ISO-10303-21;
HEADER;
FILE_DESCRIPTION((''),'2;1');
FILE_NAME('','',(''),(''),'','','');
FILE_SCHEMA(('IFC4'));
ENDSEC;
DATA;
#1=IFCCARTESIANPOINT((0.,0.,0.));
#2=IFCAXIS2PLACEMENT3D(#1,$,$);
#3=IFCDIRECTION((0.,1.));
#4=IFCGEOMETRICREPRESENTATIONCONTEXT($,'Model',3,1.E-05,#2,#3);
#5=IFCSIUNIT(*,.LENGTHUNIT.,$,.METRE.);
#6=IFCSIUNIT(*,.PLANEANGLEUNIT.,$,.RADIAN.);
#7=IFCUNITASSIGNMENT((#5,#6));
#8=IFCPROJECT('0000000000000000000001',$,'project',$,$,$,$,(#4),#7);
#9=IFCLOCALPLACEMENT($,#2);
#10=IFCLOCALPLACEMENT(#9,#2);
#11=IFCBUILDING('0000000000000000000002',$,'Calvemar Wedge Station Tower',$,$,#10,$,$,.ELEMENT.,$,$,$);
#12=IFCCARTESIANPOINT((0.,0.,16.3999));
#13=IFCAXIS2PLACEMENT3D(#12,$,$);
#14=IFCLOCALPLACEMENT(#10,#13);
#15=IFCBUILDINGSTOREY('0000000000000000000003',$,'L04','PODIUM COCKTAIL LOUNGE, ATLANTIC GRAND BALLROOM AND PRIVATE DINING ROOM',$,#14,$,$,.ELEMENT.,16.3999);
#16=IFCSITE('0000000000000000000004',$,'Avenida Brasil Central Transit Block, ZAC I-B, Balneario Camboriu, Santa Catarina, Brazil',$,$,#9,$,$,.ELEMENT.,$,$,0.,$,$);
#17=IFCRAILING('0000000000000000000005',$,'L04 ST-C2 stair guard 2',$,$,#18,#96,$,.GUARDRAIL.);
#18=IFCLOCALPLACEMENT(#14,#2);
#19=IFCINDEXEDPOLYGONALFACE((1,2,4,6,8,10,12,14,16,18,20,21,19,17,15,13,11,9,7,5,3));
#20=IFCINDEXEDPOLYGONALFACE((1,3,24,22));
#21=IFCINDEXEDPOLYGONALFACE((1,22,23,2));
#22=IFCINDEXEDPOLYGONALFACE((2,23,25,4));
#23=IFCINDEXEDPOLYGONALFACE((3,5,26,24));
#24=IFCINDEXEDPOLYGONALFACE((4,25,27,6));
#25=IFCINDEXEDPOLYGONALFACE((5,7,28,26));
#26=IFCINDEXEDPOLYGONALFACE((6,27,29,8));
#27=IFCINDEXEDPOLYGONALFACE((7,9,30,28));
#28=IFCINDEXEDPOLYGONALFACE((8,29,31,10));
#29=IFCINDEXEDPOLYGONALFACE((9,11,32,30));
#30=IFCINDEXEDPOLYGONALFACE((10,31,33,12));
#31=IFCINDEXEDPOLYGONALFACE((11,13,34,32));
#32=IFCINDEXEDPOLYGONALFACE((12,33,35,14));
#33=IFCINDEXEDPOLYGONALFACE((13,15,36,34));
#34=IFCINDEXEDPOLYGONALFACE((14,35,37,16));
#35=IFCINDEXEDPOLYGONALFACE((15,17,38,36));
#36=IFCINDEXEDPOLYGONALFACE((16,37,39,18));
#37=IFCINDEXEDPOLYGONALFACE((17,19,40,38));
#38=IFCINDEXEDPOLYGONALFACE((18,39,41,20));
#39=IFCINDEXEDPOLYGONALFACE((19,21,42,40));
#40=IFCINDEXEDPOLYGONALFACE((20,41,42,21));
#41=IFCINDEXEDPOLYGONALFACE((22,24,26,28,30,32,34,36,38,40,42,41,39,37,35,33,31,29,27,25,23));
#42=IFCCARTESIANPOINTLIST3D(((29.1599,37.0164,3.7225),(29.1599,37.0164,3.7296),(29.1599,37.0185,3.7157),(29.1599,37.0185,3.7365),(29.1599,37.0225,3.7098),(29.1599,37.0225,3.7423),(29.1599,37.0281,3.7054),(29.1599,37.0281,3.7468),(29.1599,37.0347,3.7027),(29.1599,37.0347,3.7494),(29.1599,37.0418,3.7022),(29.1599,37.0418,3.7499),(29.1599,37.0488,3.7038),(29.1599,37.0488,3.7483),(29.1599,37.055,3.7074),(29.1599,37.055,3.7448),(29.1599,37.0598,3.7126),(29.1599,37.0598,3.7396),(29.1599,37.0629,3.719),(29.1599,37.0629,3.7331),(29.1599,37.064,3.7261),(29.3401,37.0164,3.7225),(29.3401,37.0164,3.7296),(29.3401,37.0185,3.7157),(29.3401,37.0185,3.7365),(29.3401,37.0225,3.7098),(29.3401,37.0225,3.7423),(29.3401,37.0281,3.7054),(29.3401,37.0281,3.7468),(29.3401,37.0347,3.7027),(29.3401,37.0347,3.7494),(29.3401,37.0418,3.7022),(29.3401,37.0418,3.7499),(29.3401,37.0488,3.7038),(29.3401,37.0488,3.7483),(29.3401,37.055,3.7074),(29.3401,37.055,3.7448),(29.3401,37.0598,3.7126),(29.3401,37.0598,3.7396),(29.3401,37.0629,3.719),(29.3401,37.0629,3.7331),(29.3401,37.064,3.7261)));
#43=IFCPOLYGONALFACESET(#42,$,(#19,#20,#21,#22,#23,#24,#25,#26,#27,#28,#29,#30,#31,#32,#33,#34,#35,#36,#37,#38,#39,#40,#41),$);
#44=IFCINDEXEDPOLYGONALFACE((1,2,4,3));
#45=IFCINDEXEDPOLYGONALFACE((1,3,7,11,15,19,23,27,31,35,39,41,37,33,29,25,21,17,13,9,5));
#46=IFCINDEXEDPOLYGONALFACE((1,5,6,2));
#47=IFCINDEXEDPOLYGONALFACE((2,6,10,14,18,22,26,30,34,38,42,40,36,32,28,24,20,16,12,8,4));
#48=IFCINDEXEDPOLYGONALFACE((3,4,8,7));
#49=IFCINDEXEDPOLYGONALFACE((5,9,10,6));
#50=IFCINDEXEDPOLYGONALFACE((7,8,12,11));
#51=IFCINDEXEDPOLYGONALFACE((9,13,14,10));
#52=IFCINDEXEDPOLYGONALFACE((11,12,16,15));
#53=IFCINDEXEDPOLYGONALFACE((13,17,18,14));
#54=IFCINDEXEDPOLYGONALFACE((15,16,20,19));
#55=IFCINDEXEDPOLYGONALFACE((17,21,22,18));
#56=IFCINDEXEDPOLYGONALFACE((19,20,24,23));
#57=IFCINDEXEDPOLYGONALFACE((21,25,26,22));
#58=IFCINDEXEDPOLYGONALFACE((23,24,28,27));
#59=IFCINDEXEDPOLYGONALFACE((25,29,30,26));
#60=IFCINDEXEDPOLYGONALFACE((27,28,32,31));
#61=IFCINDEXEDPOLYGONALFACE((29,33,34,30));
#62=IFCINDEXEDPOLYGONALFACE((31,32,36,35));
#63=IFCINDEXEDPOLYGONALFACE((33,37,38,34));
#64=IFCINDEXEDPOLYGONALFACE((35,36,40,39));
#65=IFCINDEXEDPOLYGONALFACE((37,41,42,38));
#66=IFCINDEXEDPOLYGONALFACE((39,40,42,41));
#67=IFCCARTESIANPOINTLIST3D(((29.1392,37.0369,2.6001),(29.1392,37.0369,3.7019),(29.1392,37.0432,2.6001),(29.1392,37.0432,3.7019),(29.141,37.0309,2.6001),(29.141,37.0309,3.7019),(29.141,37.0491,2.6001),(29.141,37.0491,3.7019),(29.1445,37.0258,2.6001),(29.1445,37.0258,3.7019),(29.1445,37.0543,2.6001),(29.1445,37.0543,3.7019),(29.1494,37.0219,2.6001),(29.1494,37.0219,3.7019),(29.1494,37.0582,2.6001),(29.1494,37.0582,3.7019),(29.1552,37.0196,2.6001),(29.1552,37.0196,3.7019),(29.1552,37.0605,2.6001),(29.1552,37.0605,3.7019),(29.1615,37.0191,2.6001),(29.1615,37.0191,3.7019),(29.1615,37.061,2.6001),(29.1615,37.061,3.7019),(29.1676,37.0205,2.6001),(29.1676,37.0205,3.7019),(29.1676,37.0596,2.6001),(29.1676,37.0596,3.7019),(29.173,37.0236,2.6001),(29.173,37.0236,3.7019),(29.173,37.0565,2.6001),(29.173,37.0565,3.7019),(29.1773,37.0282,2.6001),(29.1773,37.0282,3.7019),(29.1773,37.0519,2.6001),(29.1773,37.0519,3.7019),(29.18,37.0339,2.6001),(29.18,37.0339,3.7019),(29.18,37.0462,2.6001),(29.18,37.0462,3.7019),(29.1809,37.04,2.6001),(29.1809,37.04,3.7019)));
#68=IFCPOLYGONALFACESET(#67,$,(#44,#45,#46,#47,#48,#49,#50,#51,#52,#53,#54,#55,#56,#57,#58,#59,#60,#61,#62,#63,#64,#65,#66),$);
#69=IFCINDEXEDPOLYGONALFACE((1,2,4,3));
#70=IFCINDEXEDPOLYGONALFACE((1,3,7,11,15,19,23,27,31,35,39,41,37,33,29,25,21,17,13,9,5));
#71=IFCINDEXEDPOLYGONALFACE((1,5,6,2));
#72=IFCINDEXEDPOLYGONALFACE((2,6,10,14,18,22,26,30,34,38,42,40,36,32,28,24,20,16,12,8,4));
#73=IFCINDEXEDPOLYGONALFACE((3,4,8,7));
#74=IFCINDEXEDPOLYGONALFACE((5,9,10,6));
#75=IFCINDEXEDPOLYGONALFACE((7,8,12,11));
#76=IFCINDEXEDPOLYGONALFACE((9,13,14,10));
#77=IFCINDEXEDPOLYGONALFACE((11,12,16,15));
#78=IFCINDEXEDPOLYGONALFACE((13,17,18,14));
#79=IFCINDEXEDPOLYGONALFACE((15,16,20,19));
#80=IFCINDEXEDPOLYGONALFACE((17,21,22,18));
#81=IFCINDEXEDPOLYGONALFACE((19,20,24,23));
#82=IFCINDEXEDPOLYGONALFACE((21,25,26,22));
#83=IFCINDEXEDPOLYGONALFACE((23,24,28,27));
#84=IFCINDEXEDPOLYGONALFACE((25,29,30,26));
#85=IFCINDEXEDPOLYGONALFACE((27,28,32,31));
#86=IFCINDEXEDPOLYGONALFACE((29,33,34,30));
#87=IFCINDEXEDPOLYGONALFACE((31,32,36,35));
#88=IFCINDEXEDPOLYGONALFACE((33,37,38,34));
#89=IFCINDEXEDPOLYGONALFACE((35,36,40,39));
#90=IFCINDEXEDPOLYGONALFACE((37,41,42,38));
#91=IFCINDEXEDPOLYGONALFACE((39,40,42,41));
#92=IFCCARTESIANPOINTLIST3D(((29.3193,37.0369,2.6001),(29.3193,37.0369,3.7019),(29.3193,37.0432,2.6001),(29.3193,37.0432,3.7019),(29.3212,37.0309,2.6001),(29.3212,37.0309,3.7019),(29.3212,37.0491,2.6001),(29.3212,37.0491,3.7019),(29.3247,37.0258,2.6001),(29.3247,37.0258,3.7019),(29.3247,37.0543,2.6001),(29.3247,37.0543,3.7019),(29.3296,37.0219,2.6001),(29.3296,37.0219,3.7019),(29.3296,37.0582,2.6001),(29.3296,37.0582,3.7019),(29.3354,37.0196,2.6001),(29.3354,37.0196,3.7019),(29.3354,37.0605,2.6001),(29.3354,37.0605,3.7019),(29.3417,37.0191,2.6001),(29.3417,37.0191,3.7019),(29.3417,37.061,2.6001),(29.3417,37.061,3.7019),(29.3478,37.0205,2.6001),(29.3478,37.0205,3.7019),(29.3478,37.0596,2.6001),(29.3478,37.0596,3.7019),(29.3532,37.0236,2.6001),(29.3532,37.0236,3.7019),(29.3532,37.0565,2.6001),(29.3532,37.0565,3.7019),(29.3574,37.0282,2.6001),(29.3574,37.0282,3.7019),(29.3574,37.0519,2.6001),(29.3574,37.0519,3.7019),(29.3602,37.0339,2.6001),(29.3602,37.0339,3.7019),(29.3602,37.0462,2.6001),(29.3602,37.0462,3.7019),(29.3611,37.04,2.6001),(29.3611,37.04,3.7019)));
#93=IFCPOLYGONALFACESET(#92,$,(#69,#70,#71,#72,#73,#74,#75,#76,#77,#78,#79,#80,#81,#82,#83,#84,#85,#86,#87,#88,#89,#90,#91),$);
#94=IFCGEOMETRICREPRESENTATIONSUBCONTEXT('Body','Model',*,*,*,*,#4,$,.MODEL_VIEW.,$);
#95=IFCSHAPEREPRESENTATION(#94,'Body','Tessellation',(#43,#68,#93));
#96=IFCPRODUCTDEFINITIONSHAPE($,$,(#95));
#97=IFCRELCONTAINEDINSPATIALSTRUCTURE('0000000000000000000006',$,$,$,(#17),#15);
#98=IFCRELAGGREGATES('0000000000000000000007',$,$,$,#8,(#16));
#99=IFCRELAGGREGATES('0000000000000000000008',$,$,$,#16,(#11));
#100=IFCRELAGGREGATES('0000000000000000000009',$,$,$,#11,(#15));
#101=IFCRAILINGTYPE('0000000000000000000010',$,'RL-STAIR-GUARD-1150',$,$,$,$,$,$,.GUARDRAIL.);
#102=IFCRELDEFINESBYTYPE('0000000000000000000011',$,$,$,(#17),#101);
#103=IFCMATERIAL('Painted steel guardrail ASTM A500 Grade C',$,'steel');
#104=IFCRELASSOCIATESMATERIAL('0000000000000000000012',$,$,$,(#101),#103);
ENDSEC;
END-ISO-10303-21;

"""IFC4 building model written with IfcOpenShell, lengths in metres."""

from ifc_helpers import new_model, si_unit, direction, frame, origin, origin_2d, place, context, subcontext, project, spatial, circle, extrude, material, type_object, element, save


model = new_model("IFC4")

# Units and contexts
model_context = context("Model", 3, precision=1e-05, world=origin(), true_north=direction((0.0, 1.0)))
body_context = subcontext(model_context, "Body", "Model", "MODEL_VIEW")
ifc_project = project(units=[si_unit("LENGTHUNIT", "METRE"), si_unit("PLANEANGLEUNIT", "RADIAN")], contexts=[model_context])

# Site, building, storey
site_placement = place(None, origin())
site = spatial("IfcSite", under=ifc_project, at=site_placement, Name="Avenida Brasil Central Transit Block, ZAC I-B, Balneario Camboriu, Santa Catarina, Brazil", CompositionType="ELEMENT", RefElevation=0.0)
building_placement = place(site_placement, origin())
building = spatial("IfcBuilding", under=site, at=building_placement, Name="Calvemar Wedge Station Tower", CompositionType="ELEMENT")
storey_placement = place(building_placement, frame((0.0, 0.0, 16.3999)))
storey = spatial("IfcBuildingStorey", under=building, at=storey_placement, Name="L04", Description="PODIUM COCKTAIL LOUNGE, ATLANTIC GRAND BALLROOM AND PRIVATE DINING ROOM", CompositionType="ELEMENT", Elevation=16.3999)

# Railing
ifc_material_1 = material(Name="Painted steel guardrail ASTM A500 Grade C", Category="steel")
railing_type_1 = type_object("IfcRailingType", Name="RL-STAIR-GUARD-1150", PredefinedType="GUARDRAIL", material=ifc_material_1)
railing_1_placement = place(storey_placement, frame((29.1599, 37.04, 2.6001)))
element("IfcRailing", 1, at=railing_1_placement, inside=storey, type_object=railing_type_1, Name="L04 ST-C2 stair guard 2", PredefinedType="GUARDRAIL", context=body_context, shape_type="SweptSolid", body=[
    extrude(circle(Radius=0.0239, at=origin_2d()), frame((0.0, 0.0, 1.126), z_axis=(1.0, 0.0, 0.0), x_axis=(0.0, 1.0, 0.0)), (0.0, 0.0, 1.0), 0.1802),
    extrude(circle(Radius=0.021, at=origin_2d()), origin(), (0.0, 0.0, 1.0), 1.1018),
    extrude(circle(Radius=0.021, at=origin_2d()), frame((0.1802, 0.0, 0.0)), (0.0, 0.0, 1.0), 1.1018),
])

save(model, "model.ifc")
